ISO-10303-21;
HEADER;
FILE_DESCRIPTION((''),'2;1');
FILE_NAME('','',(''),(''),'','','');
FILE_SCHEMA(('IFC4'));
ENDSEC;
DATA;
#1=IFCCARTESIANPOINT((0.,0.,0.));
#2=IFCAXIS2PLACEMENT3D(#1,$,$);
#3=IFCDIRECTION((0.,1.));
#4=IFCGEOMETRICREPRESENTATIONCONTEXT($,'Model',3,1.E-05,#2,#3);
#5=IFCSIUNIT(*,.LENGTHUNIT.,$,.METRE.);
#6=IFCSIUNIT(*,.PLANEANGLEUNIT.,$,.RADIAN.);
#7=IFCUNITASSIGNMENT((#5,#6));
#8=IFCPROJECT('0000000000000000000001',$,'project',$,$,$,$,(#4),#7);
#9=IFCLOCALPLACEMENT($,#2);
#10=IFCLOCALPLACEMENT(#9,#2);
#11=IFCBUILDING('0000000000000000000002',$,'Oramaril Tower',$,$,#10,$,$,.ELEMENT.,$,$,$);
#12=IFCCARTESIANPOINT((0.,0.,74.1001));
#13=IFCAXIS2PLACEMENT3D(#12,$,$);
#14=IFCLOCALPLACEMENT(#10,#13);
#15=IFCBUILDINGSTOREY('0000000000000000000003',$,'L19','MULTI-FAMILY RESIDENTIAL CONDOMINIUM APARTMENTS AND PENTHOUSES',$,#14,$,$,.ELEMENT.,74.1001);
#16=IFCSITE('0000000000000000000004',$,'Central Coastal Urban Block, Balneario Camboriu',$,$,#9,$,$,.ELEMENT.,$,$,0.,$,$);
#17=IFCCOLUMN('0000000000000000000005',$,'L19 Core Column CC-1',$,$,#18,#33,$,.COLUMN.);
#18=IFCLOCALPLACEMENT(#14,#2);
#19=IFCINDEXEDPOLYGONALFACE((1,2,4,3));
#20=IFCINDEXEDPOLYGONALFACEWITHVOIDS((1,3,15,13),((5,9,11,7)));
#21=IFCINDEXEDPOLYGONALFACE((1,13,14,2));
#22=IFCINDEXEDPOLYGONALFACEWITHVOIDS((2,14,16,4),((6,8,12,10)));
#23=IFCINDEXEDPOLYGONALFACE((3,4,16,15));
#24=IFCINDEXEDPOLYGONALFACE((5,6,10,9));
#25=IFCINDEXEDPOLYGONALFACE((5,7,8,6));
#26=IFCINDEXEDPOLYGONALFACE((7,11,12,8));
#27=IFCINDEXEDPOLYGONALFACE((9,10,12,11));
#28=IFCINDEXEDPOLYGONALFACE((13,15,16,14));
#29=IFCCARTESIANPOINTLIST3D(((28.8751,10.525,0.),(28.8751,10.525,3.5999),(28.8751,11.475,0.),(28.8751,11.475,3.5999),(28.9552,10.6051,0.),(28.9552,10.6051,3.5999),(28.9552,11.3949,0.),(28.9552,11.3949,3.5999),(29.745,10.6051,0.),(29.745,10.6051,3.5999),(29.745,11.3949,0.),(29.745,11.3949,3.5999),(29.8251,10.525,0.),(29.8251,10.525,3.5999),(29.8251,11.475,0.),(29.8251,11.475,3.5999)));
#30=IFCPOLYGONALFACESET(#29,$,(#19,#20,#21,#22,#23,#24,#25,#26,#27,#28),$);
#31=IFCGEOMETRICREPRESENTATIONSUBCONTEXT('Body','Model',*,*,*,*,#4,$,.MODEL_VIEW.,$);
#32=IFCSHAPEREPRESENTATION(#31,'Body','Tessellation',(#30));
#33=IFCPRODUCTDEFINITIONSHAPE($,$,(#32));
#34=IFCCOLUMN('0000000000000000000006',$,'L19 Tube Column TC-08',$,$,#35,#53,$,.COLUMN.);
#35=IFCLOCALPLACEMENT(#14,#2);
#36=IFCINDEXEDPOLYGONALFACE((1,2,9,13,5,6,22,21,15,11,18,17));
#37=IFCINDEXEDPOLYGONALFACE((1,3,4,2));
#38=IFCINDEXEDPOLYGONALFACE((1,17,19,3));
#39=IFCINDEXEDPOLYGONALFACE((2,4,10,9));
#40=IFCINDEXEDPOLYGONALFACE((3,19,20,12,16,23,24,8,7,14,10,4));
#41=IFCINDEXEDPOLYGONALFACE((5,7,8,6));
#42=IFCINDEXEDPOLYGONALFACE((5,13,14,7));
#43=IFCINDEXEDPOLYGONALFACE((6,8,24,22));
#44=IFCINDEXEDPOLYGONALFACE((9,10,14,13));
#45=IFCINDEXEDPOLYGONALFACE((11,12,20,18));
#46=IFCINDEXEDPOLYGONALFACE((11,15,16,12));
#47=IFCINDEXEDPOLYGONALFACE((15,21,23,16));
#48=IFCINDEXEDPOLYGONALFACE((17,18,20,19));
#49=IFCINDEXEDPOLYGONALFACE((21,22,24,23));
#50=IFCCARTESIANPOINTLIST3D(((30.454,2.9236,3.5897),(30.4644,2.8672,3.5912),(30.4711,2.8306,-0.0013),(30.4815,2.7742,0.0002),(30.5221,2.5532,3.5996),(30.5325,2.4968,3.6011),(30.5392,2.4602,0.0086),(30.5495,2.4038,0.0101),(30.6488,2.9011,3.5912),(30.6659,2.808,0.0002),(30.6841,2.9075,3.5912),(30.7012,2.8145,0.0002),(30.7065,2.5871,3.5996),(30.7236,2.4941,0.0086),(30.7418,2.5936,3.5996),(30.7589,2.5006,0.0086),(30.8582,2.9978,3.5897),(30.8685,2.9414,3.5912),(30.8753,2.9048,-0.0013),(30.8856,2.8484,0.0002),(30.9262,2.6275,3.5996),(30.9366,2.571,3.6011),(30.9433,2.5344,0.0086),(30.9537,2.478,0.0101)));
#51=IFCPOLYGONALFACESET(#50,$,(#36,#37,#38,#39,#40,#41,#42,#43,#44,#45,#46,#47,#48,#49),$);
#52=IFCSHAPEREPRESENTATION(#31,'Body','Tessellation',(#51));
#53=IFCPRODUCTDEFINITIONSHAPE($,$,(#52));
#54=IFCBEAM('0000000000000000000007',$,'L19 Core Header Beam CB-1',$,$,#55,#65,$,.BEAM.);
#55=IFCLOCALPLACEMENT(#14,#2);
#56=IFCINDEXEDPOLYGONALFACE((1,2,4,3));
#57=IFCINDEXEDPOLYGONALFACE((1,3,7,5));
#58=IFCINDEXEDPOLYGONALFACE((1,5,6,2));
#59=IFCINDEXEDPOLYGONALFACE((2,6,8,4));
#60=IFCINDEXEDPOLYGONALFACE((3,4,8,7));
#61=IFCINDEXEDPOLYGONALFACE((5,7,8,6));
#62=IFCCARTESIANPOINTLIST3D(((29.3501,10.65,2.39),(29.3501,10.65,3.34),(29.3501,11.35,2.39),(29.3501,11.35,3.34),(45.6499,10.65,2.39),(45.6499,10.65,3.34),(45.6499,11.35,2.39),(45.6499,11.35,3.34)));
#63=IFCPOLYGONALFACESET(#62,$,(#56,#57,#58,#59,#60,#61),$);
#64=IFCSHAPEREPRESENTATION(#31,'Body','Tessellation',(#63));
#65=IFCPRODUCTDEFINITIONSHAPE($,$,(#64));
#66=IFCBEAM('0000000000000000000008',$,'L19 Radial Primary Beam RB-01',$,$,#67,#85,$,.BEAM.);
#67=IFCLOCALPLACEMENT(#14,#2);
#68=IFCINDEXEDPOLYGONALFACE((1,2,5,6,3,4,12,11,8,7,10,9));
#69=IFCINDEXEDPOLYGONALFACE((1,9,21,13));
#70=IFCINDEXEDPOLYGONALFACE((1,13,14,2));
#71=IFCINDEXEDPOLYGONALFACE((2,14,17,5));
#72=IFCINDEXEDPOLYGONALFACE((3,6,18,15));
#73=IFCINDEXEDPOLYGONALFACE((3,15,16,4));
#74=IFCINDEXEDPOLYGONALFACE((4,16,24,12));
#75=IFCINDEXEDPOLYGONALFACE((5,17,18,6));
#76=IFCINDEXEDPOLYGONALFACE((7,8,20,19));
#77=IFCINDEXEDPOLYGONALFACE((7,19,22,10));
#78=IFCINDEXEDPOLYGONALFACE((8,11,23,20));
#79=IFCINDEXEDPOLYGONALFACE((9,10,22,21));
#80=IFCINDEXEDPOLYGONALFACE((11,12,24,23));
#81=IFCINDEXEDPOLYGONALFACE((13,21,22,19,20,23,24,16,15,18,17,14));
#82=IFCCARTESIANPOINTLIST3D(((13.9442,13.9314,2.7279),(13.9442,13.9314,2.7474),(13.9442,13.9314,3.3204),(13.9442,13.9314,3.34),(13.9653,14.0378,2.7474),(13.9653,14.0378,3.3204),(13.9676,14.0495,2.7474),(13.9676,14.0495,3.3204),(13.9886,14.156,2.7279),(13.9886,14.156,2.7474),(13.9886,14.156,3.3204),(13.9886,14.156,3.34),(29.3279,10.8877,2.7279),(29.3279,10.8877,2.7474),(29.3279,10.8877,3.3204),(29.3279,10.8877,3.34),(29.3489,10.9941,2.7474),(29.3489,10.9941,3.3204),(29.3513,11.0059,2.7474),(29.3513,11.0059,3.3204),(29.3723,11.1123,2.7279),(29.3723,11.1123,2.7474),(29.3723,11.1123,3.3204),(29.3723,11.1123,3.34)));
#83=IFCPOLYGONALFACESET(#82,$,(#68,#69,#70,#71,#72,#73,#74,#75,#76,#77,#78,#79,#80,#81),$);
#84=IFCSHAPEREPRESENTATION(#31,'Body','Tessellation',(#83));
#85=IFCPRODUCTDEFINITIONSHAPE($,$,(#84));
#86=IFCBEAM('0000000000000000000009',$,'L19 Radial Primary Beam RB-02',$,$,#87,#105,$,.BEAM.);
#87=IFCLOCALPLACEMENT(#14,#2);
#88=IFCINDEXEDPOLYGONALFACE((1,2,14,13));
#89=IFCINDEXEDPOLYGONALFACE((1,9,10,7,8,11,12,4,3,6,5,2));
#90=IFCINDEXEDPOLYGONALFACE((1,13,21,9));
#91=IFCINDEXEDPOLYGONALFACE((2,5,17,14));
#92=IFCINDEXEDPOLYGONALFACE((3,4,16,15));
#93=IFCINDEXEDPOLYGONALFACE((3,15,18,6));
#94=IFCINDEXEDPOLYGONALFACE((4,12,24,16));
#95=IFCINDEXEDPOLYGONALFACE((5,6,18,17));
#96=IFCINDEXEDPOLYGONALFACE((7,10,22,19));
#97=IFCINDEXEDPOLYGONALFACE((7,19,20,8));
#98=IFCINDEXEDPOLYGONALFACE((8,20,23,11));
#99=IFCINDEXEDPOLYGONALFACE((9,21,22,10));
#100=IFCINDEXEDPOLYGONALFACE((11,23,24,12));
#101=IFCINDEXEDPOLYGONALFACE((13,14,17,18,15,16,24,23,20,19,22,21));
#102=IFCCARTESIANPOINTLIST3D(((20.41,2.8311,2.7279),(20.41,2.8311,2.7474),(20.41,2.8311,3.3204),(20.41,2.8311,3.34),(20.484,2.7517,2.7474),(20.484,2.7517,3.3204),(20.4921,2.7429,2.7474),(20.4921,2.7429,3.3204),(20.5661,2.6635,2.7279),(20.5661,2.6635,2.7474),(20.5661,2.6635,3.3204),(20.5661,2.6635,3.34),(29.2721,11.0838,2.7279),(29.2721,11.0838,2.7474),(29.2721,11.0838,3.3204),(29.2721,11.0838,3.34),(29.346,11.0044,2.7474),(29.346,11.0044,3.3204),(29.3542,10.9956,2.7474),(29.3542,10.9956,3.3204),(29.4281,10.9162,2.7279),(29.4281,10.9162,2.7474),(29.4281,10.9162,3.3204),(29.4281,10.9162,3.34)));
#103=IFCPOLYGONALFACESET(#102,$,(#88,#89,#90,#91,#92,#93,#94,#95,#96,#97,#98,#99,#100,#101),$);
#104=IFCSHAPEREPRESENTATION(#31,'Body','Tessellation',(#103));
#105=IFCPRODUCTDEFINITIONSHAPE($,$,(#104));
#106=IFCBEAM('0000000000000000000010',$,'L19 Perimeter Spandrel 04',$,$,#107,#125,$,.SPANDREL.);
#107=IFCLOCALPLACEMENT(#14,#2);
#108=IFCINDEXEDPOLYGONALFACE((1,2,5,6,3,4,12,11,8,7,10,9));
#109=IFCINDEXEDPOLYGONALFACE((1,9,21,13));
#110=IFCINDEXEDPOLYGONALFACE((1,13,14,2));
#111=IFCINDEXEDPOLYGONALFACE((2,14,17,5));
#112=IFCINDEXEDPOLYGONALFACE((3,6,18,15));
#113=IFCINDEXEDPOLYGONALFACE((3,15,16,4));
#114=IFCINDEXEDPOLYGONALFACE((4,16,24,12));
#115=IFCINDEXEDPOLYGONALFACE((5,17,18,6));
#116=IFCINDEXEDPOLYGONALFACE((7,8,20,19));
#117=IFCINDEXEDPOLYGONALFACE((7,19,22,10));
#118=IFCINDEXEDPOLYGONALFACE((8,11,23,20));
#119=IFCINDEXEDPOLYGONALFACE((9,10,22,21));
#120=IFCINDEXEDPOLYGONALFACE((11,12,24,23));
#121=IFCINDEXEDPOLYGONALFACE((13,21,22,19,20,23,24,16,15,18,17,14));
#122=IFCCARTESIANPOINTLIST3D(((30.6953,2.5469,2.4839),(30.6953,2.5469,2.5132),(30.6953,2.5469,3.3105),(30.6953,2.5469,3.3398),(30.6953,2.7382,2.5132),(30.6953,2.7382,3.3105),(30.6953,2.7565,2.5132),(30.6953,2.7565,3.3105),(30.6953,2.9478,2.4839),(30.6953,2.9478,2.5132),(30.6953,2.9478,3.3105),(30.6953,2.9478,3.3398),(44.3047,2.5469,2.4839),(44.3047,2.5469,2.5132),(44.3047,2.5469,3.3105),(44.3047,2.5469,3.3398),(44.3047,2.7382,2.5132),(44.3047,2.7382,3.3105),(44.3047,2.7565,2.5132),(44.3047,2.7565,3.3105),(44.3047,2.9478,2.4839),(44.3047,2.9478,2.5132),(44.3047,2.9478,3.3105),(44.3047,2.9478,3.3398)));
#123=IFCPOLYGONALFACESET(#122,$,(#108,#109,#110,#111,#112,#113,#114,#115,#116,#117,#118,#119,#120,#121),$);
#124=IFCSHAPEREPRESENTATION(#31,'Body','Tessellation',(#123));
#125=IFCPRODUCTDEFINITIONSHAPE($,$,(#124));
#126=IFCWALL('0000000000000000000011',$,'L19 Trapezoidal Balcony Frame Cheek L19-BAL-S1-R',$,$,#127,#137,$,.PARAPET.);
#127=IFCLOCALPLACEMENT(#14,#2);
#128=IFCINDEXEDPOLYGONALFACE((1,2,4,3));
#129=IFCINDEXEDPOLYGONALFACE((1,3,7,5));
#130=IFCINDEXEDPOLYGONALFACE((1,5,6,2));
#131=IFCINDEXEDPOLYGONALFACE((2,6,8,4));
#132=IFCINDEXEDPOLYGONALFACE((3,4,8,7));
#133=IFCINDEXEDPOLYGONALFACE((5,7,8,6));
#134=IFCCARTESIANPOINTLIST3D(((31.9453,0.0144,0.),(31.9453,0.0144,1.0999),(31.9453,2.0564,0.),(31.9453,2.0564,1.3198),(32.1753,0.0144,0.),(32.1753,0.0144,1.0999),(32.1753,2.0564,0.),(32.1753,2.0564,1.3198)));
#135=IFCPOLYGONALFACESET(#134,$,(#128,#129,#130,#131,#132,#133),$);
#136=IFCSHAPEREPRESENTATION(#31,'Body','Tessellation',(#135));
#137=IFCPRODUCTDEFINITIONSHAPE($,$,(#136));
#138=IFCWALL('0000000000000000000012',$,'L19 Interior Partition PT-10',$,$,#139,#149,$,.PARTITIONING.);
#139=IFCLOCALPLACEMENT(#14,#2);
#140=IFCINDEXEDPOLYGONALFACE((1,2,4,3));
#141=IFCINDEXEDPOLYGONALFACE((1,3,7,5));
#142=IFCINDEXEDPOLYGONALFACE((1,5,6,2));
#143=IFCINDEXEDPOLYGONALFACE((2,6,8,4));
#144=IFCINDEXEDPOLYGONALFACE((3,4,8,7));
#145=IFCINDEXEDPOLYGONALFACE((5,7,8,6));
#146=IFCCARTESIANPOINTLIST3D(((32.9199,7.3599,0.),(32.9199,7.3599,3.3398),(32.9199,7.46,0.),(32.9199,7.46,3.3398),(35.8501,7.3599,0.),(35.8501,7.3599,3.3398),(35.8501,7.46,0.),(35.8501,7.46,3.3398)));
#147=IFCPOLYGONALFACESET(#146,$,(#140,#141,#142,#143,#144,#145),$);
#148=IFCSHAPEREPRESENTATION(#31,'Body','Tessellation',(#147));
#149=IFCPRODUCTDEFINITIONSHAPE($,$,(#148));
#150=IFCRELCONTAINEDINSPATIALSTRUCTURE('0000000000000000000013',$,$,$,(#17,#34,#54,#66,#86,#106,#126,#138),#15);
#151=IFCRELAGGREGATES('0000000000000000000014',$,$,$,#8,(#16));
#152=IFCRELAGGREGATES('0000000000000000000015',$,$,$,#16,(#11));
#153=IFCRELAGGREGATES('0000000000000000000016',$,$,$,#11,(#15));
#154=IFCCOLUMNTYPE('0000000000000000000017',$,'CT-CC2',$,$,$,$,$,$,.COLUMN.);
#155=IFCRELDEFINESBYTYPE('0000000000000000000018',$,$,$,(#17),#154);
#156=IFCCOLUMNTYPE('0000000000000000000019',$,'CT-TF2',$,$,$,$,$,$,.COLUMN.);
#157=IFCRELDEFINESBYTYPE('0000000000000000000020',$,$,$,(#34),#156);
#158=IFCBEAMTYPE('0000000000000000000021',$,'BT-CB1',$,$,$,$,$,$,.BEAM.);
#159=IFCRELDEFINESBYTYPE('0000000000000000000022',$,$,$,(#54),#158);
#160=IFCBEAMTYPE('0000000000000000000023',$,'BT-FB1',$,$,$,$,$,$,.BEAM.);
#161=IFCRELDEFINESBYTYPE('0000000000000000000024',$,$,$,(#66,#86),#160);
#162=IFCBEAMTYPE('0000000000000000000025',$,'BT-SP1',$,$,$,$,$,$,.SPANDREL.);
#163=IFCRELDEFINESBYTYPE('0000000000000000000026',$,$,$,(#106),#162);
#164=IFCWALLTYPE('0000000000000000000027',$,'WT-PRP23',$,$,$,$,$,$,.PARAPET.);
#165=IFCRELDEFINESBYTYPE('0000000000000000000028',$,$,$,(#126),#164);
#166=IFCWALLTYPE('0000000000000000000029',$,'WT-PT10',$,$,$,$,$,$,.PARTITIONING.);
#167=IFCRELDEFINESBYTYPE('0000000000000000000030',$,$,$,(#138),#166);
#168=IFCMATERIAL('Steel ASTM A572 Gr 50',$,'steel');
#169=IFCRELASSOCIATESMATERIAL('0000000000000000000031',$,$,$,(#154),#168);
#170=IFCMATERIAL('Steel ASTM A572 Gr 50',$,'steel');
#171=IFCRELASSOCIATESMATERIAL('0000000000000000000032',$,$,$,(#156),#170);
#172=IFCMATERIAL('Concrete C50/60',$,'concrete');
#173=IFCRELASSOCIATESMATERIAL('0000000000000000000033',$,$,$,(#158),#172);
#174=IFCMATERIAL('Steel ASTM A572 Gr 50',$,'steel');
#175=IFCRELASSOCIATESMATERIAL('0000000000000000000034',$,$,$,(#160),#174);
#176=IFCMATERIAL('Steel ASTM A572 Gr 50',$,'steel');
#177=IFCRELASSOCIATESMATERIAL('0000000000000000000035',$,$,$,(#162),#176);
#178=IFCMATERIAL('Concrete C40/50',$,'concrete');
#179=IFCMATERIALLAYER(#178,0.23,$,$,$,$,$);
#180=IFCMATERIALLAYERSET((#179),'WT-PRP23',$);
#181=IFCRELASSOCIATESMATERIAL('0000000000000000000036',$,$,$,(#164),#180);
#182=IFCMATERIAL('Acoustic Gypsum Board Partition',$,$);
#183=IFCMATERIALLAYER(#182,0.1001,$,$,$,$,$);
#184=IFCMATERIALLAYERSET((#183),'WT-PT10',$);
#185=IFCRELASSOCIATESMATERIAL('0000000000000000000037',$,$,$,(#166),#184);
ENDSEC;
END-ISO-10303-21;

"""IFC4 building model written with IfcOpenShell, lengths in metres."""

from ifc_helpers import new_model, si_unit, direction, frame, frame_2d, origin, origin_2d, place, context, subcontext, project, spatial, polyline, rectangle, hollow_rectangle, i_section, outline, extrude, material, layer, layer_set, material_profile, profile_set, type_object, element, save


model = new_model("IFC4")

# Units and contexts
model_context = context("Model", 3, precision=1e-05, world=origin(), true_north=direction((0.0, 1.0)))
body_context = subcontext(model_context, "Body", "Model", "MODEL_VIEW")
ifc_project = project(units=[si_unit("LENGTHUNIT", "METRE"), si_unit("PLANEANGLEUNIT", "RADIAN")], contexts=[model_context])

# Site, building, storey
site_placement = place(None, origin())
site = spatial("IfcSite", under=ifc_project, at=site_placement, Name="Central Coastal Urban Block, Balneario Camboriu", CompositionType="ELEMENT", RefElevation=0.0)
building_placement = place(site_placement, origin())
building = spatial("IfcBuilding", under=site, at=building_placement, Name="Oramaril Tower", CompositionType="ELEMENT")
storey_placement = place(building_placement, frame((0.0, 0.0, 74.1001)))
storey = spatial("IfcBuildingStorey", under=building, at=storey_placement, Name="L19", Description="MULTI-FAMILY RESIDENTIAL CONDOMINIUM APARTMENTS AND PENTHOUSES", CompositionType="ELEMENT", Elevation=74.1001)

# Columns
ifc_material_1 = material(Name="Steel ASTM A572 Gr 50", Category="steel")
ifc_material_profile_1 = material_profile(ifc_material_1, hollow_rectangle(XDim=0.95, YDim=0.95, WallThickness=0.0801, at=origin_2d()), Name="BOX950X950X80")
ifc_profile_set_1 = profile_set([ifc_material_profile_1], Name="Steel ASTM A572 Gr 50")
column_type_1 = type_object("IfcColumnType", Name="CT-CC2", PredefinedType="COLUMN", material=ifc_profile_set_1)
column_1_placement = place(storey_placement, frame((29.3501, 11.0, 0.0), z_axis=(0.0, 0.0, 1.0), x_axis=(1.0, 0.0, 0.0)))
element("IfcColumn", 1, at=column_1_placement, inside=storey, type_object=column_type_1, Name="L19 Core Column CC-1", PredefinedType="COLUMN", context=body_context, shape_type="SweptSolid", body=[
    extrude(hollow_rectangle(XDim=0.95, YDim=0.95, WallThickness=0.0801, at=origin_2d()), origin(), (0.0, 0.0, 1.0), 3.5999),
])
ifc_material_2 = material(Name="Steel ASTM A572 Gr 50", Category="steel")
ifc_material_profile_2 = material_profile(ifc_material_2, i_section(OverallWidth=0.4109, OverallDepth=0.4341, WebThickness=0.0359, FlangeThickness=0.0574, at=origin_2d()), Name="W14X311")
ifc_profile_set_2 = profile_set([ifc_material_profile_2], Name="Steel ASTM A572 Gr 50")
column_type_2 = type_object("IfcColumnType", Name="CT-TF2", PredefinedType="COLUMN", material=ifc_profile_set_2)
column_2_placement = place(storey_placement, frame((30.7124, 2.6543, 0.0044), z_axis=(-0.004757, 0.025894, 0.999653), x_axis=(-0.983538, -0.180702, 0.0)))
element("IfcColumn", 2, at=column_2_placement, inside=storey, type_object=column_type_2, Name="L19 Tube Column TC-08", PredefinedType="COLUMN", context=body_context, shape_type="SweptSolid", body=[
    extrude(i_section(OverallWidth=0.4109, OverallDepth=0.4341, WebThickness=0.0359, FlangeThickness=0.0574, at=origin_2d()), origin(), (0.0, 0.0, 1.0), 3.5923),
])

# Beams
ifc_material_3 = material(Name="Concrete C50/60", Category="concrete")
ifc_material_profile_3 = material_profile(ifc_material_3, rectangle(XDim=0.7, YDim=0.95, at=origin_2d()), Name="CB700X950")
ifc_profile_set_3 = profile_set([ifc_material_profile_3], Name="Concrete C50/60")
beam_type_1 = type_object("IfcBeamType", Name="BT-CB1", PredefinedType="BEAM", material=ifc_profile_set_3)
beam_1_placement = place(storey_placement, frame((29.3501, 11.0, 2.865), z_axis=(1.0, 0.0, 0.0), x_axis=(0.0, 1.0, 0.0)))
element("IfcBeam", 3, at=beam_1_placement, inside=storey, type_object=beam_type_1, Name="L19 Core Header Beam CB-1", PredefinedType="BEAM", context=body_context, shape_type="SweptSolid", body=[
    extrude(rectangle(XDim=0.7, YDim=0.95, at=origin_2d()), origin(), (0.0, 0.0, 1.0), 16.2998),
])
ifc_material_4 = material(Name="Steel ASTM A572 Gr 50", Category="steel")
ifc_material_profile_4 = material_profile(ifc_material_4, i_section(OverallWidth=0.229, OverallDepth=0.6121, WebThickness=0.012, FlangeThickness=0.0195, at=origin_2d()), Name="W24X84")
ifc_profile_set_4 = profile_set([ifc_material_profile_4], Name="Steel ASTM A572 Gr 50")
beam_type_2 = type_object("IfcBeamType", Name="BT-FB1", PredefinedType="BEAM", material=ifc_profile_set_4)
beam_2_placement = place(storey_placement, frame((29.3501, 11.0, 3.0339), z_axis=(-0.980984, 0.194089, 0.0), x_axis=(-0.194089, -0.980984, 0.0)))
element("IfcBeam", 4, at=beam_2_placement, inside=storey, type_object=beam_type_2, Name="L19 Radial Primary Beam RB-01", PredefinedType="BEAM", context=body_context, shape_type="SweptSolid", body=[
    extrude(i_section(OverallWidth=0.229, OverallDepth=0.6121, WebThickness=0.012, FlangeThickness=0.0195, at=origin_2d()), origin(), (0.0, 0.0, 1.0), 15.6819),
])
beam_3_placement = place(storey_placement, frame((29.3501, 11.0, 3.0339), z_axis=(-0.73182, -0.681498, 0.0), x_axis=(0.681498, -0.73182, 0.0)))
element("IfcBeam", 5, at=beam_3_placement, inside=storey, type_object=beam_type_2, Name="L19 Radial Primary Beam RB-02", PredefinedType="BEAM", context=body_context, shape_type="SweptSolid", body=[
    extrude(i_section(OverallWidth=0.229, OverallDepth=0.6121, WebThickness=0.012, FlangeThickness=0.0195, at=origin_2d()), origin(), (0.0, 0.0, 1.0), 12.1096),
])
ifc_material_5 = material(Name="Steel ASTM A572 Gr 50", Category="steel")
ifc_material_profile_5 = material_profile(ifc_material_5, i_section(OverallWidth=0.4009, OverallDepth=0.856, WebThickness=0.0183, FlangeThickness=0.0293, at=origin_2d()), Name="W33X201")
ifc_profile_set_5 = profile_set([ifc_material_profile_5], Name="Steel ASTM A572 Gr 50")
beam_type_3 = type_object("IfcBeamType", Name="BT-SP1", PredefinedType="SPANDREL", material=ifc_profile_set_5)
beam_4_placement = place(storey_placement, frame((30.6953, 2.7473, 2.9119), z_axis=(1.0, 0.0, 0.0), x_axis=(0.0, 1.0, 0.0)))
element("IfcBeam", 6, at=beam_4_placement, inside=storey, type_object=beam_type_3, Name="L19 Perimeter Spandrel 04", PredefinedType="SPANDREL", context=body_context, shape_type="SweptSolid", body=[
    extrude(i_section(OverallWidth=0.4009, OverallDepth=0.856, WebThickness=0.0183, FlangeThickness=0.0293, at=origin_2d()), origin(), (0.0, 0.0, 1.0), 13.6094),
])

# Walls
ifc_material_6 = material(Name="Concrete C40/50", Category="concrete")
ifc_layer_1 = layer(ifc_material_6, 0.23)
ifc_layer_set_1 = layer_set([ifc_layer_1], Name="WT-PRP23")
wall_type_1 = type_object("IfcWallType", Name="WT-PRP23", PredefinedType="PARAPET", material=ifc_layer_set_1)
wall_1_placement = place(storey_placement, frame((32.0603, 2.0564, 0.0), z_axis=(0.0, 0.0, 1.0), x_axis=(0.0, -1.0, 0.0)))
element("IfcWall", 7, at=wall_1_placement, inside=storey, type_object=wall_type_1, Name="L19 Trapezoidal Balcony Frame Cheek L19-BAL-S1-R", PredefinedType="PARAPET", context=body_context, shape_type="SweptSolid", body=[
    extrude(outline(polyline([(0.0, 0.0), (2.042, 0.0), (2.042, 1.0999), (0.0, 1.3198), (0.0, 0.0)])), frame((0.0, 0.115, 0.0), z_axis=(0.0, -1.0, 0.0), x_axis=(1.0, 0.0, 0.0)), (0.0, 0.0, 1.0), 0.23),
])
ifc_material_7 = material(Name="Acoustic Gypsum Board Partition")
ifc_layer_2 = layer(ifc_material_7, 0.1001)
ifc_layer_set_2 = layer_set([ifc_layer_2], Name="WT-PT10")
wall_type_2 = type_object("IfcWallType", Name="WT-PT10", PredefinedType="PARTITIONING", material=ifc_layer_set_2)
wall_2_placement = place(storey_placement, frame((32.9199, 7.4099, 0.0), z_axis=(0.0, 0.0, 1.0), x_axis=(1.0, 0.0, 0.0)))
element("IfcWall", 8, at=wall_2_placement, inside=storey, type_object=wall_type_2, Name="L19 Interior Partition PT-10", PredefinedType="PARTITIONING", context=body_context, shape_type="SweptSolid", body=[
    extrude(rectangle(XDim=2.9302, YDim=0.1001, at=frame_2d((1.4651, 0.0))), origin(), (0.0, 0.0, 1.0), 3.3398),
])

save(model, "model.ifc")
